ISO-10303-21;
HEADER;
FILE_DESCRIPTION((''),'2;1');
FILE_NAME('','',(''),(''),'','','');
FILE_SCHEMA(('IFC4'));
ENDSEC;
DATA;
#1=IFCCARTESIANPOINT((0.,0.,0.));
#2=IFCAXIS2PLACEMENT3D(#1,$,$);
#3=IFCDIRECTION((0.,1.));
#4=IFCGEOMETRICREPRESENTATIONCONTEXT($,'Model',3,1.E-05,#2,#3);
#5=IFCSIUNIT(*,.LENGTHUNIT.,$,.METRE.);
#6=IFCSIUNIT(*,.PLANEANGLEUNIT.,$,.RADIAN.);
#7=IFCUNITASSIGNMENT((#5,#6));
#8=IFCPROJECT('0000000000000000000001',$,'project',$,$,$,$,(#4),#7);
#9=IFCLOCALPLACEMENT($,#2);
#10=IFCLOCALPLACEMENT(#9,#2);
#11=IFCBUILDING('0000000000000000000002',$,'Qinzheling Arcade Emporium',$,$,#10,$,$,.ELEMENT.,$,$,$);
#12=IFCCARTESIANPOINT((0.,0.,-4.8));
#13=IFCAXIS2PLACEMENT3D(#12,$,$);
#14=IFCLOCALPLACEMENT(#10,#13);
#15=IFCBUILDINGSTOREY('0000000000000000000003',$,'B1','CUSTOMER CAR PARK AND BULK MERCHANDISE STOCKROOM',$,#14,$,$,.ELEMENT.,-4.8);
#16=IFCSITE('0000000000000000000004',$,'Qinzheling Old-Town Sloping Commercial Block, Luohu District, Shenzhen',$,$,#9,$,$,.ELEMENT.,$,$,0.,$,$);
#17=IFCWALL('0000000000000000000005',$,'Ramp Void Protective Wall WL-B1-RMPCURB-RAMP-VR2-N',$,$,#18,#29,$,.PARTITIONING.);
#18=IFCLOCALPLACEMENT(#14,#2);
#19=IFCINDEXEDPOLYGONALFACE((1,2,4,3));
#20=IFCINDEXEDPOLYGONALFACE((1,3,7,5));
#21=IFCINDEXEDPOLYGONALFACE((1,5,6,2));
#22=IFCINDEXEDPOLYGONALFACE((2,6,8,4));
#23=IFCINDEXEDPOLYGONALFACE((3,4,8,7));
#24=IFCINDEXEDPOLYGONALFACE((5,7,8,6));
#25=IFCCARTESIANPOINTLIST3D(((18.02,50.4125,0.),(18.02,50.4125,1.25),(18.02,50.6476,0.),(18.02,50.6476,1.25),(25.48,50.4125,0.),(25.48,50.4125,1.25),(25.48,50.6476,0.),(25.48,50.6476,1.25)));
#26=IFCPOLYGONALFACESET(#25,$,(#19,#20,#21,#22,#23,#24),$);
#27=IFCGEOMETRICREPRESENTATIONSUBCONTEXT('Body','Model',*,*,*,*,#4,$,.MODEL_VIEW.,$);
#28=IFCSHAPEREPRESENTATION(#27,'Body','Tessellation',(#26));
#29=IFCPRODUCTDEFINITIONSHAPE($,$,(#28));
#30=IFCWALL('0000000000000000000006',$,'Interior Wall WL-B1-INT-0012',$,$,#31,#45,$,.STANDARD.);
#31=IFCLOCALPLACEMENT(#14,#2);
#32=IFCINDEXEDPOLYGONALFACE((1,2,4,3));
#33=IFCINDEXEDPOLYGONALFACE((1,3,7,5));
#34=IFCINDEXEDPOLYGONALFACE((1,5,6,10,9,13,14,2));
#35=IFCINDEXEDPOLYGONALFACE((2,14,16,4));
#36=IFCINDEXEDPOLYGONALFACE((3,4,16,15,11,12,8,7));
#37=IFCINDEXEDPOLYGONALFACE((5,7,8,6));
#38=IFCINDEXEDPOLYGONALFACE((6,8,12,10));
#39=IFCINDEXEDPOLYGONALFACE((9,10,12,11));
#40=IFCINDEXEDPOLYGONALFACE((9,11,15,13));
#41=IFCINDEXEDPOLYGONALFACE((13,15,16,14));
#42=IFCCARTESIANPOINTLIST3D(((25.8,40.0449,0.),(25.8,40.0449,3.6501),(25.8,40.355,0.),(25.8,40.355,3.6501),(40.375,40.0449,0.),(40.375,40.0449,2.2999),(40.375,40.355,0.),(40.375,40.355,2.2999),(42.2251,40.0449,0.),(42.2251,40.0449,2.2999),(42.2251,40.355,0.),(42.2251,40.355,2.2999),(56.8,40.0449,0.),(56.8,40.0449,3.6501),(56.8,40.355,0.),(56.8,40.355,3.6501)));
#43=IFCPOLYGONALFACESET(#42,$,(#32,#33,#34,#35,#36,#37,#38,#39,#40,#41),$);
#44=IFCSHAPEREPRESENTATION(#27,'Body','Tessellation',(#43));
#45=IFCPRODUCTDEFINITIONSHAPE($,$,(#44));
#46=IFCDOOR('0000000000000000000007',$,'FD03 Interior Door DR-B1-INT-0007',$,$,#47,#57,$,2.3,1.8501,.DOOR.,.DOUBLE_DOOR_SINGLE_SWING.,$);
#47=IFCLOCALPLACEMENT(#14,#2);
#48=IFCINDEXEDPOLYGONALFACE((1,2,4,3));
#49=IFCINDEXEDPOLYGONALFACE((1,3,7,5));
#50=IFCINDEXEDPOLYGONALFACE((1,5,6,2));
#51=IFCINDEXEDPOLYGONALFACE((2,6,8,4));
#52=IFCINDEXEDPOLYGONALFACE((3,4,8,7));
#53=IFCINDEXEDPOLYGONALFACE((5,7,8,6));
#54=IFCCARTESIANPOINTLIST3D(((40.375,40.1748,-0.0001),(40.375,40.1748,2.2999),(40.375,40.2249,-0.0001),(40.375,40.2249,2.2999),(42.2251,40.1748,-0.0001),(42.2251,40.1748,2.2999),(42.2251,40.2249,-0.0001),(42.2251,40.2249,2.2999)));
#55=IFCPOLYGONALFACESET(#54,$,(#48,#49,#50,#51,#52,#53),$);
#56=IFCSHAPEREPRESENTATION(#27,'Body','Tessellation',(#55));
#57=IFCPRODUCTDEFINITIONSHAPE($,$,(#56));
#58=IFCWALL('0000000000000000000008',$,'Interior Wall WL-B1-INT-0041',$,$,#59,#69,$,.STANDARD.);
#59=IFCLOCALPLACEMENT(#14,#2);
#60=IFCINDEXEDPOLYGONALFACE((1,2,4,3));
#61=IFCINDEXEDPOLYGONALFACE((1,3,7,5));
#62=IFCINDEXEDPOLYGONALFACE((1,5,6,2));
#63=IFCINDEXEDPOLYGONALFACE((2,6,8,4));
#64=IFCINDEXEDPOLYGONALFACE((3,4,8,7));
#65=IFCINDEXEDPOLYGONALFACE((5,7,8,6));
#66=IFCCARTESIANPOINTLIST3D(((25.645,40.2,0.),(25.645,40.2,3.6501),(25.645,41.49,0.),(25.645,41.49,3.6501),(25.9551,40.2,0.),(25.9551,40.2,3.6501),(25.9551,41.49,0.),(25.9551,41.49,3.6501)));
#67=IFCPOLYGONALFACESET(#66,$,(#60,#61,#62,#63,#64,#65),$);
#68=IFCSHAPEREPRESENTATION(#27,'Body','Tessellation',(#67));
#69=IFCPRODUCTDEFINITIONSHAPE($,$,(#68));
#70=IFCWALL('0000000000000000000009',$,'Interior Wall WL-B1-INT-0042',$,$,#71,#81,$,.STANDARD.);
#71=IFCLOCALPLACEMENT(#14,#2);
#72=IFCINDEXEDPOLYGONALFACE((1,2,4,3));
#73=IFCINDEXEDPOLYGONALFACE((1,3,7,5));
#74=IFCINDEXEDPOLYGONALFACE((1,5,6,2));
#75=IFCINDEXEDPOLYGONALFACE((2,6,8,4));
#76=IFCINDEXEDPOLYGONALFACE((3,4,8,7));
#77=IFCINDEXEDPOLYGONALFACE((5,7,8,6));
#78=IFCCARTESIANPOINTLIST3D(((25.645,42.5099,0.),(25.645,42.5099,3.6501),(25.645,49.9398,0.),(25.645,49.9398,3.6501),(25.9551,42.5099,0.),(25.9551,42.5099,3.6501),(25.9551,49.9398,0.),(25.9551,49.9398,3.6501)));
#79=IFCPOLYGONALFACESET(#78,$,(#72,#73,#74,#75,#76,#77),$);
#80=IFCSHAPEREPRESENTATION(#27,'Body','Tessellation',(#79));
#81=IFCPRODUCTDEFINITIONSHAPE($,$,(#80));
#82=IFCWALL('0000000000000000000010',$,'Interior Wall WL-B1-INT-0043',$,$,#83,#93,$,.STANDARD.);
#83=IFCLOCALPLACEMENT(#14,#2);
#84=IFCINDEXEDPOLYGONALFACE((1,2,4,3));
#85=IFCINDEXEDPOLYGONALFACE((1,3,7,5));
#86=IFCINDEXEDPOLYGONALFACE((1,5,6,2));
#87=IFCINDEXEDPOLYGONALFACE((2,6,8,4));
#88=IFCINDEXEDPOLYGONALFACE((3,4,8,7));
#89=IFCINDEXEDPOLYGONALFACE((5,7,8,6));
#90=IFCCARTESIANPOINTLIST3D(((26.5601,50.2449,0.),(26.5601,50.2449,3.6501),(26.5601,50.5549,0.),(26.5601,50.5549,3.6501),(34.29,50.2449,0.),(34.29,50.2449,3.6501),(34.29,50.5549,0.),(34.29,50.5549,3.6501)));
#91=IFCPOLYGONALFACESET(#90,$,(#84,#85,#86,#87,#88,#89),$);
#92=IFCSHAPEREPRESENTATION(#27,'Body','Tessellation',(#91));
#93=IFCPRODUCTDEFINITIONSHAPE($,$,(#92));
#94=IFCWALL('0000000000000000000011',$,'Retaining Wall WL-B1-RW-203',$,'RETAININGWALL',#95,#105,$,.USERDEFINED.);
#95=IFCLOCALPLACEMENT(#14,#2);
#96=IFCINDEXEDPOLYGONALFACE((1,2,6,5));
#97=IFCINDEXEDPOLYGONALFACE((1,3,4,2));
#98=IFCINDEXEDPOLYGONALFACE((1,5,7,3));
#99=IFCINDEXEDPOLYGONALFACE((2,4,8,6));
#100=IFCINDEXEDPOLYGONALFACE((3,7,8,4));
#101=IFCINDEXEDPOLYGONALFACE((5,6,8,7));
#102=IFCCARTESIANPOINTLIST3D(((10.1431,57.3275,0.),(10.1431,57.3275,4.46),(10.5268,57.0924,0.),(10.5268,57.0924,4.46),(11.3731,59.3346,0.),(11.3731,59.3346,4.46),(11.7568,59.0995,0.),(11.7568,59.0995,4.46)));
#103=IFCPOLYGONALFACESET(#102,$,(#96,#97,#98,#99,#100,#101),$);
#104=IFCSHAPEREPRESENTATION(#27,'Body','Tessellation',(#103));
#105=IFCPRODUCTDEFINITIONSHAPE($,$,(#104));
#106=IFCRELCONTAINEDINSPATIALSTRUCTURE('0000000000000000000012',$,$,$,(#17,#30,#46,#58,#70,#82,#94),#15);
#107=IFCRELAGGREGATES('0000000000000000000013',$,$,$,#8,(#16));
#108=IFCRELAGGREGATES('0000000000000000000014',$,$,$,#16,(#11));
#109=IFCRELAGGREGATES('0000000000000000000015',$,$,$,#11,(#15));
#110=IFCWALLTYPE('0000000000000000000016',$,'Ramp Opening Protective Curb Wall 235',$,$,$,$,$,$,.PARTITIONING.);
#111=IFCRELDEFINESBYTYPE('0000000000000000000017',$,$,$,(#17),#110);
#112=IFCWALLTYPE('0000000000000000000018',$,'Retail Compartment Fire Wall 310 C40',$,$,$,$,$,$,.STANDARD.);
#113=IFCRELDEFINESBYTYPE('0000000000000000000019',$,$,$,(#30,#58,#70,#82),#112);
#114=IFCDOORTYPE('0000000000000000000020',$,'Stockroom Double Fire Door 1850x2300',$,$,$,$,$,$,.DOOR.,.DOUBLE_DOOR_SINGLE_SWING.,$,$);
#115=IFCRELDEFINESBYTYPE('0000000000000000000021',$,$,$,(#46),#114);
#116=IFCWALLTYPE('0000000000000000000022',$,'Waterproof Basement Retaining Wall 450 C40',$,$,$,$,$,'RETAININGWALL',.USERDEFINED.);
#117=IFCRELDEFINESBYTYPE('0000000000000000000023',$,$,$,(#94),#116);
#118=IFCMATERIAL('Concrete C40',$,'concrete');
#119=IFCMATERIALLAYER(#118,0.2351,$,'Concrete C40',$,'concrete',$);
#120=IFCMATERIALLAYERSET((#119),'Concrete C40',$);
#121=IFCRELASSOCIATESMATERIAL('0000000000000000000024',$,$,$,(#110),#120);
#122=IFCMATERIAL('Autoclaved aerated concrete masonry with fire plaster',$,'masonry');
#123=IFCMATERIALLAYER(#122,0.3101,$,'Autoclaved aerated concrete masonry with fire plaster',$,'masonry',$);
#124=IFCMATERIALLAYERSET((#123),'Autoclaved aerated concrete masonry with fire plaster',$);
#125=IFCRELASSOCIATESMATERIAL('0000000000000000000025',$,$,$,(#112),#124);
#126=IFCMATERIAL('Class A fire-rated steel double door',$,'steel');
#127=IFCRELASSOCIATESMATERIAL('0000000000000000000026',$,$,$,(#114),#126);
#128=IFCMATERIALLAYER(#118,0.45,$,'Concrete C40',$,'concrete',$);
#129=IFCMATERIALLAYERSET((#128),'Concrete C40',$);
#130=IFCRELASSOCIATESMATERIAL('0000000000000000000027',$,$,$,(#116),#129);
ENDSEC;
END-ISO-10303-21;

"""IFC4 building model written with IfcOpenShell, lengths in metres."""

from ifc_helpers import new_model, si_unit, direction, frame, frame_2d, origin, place, context, subcontext, project, spatial, rectangle, extrude, material, layer, layer_set, type_object, element, fill, save


model = new_model("IFC4")

# Units and contexts
model_context = context("Model", 3, precision=1e-05, world=origin(), true_north=direction((0.0, 1.0)))
body_context = subcontext(model_context, "Body", "Model", "MODEL_VIEW")
ifc_project = project(units=[si_unit("LENGTHUNIT", "METRE"), si_unit("PLANEANGLEUNIT", "RADIAN")], contexts=[model_context])

# Site, building, storey
site_placement = place(None, origin())
site = spatial("IfcSite", under=ifc_project, at=site_placement, Name="Qinzheling Old-Town Sloping Commercial Block, Luohu District, Shenzhen", CompositionType="ELEMENT", RefElevation=0.0)
building_placement = place(site_placement, origin())
building = spatial("IfcBuilding", under=site, at=building_placement, Name="Qinzheling Arcade Emporium", CompositionType="ELEMENT")
storey_placement = place(building_placement, frame((0.0, 0.0, -4.8)))
storey = spatial("IfcBuildingStorey", under=building, at=storey_placement, Name="B1", Description="CUSTOMER CAR PARK AND BULK MERCHANDISE STOCKROOM", CompositionType="ELEMENT", Elevation=-4.8)

# Shared definitions
ifc_material_1 = material(Name="Concrete C40", Category="concrete")

# Shared definitions
ifc_material_2 = material(Name="Class A fire-rated steel double door", Category="steel")

# Wall
ifc_layer_1 = layer(ifc_material_1, 0.2351, Name="Concrete C40", Category="concrete")
ifc_layer_set_1 = layer_set([ifc_layer_1], Name="Concrete C40")
wall_type_1 = type_object("IfcWallType", Name="Ramp Opening Protective Curb Wall 235", PredefinedType="PARTITIONING", material=ifc_layer_set_1)
wall_1_placement = place(storey_placement, frame((18.02, 50.53, 0.0), z_axis=(0.0, 0.0, 1.0), x_axis=(1.0, 0.0, 0.0)))
element("IfcWall", 1, at=wall_1_placement, inside=storey, type_object=wall_type_1, Name="Ramp Void Protective Wall WL-B1-RMPCURB-RAMP-VR2-N", PredefinedType="PARTITIONING", context=body_context, shape_type="SweptSolid", body=[
    extrude(rectangle(XDim=7.46, YDim=0.2351, at=frame_2d((3.73, 0.0))), origin(), (0.0, 0.0, 1.0), 1.25),
])

# Wall, opening, door
ifc_material_3 = material(Name="Autoclaved aerated concrete masonry with fire plaster", Category="masonry")
ifc_layer_2 = layer(ifc_material_3, 0.3101, Name="Autoclaved aerated concrete masonry with fire plaster", Category="masonry")
ifc_layer_set_2 = layer_set([ifc_layer_2], Name="Autoclaved aerated concrete masonry with fire plaster")
wall_type_2 = type_object("IfcWallType", Name="Retail Compartment Fire Wall 310 C40", PredefinedType="STANDARD", material=ifc_layer_set_2)
wall_2_placement = place(storey_placement, frame((25.8, 40.2, 0.0), z_axis=(0.0, 0.0, 1.0), x_axis=(1.0, 0.0, 0.0)))
wall_2 = element("IfcWall", 2, at=wall_2_placement, inside=storey, type_object=wall_type_2, Name="Interior Wall WL-B1-INT-0012", PredefinedType="STANDARD", context=body_context, shape_type="SweptSolid", body=[
    extrude(rectangle(XDim=31.0, YDim=0.3101, at=frame_2d((15.5, 0.0))), origin(), (0.0, 0.0, 1.0), 3.6501),
])
opening_1_placement = place(wall_2_placement, frame((14.575, 0.0, 0.0)))
opening_1 = element("IfcOpeningElement", 3, at=opening_1_placement, cuts=wall_2, PredefinedType="OPENING", context=body_context, shape_type="SweptSolid", body=[
    extrude(rectangle(XDim=1.8501, YDim=2.3, at=frame_2d((0.925, 1.1499))), frame((0.0, 0.165, 0.0), z_axis=(0.0, -1.0, 0.0), x_axis=(1.0, 0.0, 0.0)), (0.0, 0.0, 1.0), 0.3301),
])
door_type_1 = type_object("IfcDoorType", Name="Stockroom Double Fire Door 1850x2300", OperationType="DOUBLE_DOOR_SINGLE_SWING", PredefinedType="DOOR", material=ifc_material_2)
door_1_placement = place(opening_1_placement, origin())
door_1 = element("IfcDoor", 4, at=door_1_placement, inside=storey, type_object=door_type_1, Name="FD03 Interior Door DR-B1-INT-0007", OperationType="DOUBLE_DOOR_SINGLE_SWING", OverallHeight=2.3, OverallWidth=1.8501, PredefinedType="DOOR", context=body_context, shape_type="SweptSolid", body=[
    extrude(rectangle(XDim=1.8501, YDim=2.3, at=frame_2d((0.925, 1.1499))), frame((0.0, 0.0249, 0.0), z_axis=(0.0, -1.0, 0.0), x_axis=(1.0, 0.0, 0.0)), (0.0, 0.0, 1.0), 0.05),
])
fill(opening_1, door_1)

# Walls
wall_3_placement = place(storey_placement, frame((25.8, 40.2, 0.0), z_axis=(0.0, 0.0, 1.0), x_axis=(0.0, 1.0, 0.0)))
element("IfcWall", 5, at=wall_3_placement, inside=storey, type_object=wall_type_2, Name="Interior Wall WL-B1-INT-0041", PredefinedType="STANDARD", context=body_context, shape_type="SweptSolid", body=[
    extrude(rectangle(XDim=1.29, YDim=0.3101, at=frame_2d((0.645, 0.0))), origin(), (0.0, 0.0, 1.0), 3.6501),
])
wall_4_placement = place(storey_placement, frame((25.8, 42.51, 0.0), z_axis=(0.0, 0.0, 1.0), x_axis=(0.0, 1.0, 0.0)))
element("IfcWall", 6, at=wall_4_placement, inside=storey, type_object=wall_type_2, Name="Interior Wall WL-B1-INT-0042", PredefinedType="STANDARD", context=body_context, shape_type="SweptSolid", body=[
    extrude(rectangle(XDim=7.4299, YDim=0.3101, at=frame_2d((3.7148, 0.0))), origin(), (0.0, 0.0, 1.0), 3.6501),
])
wall_5_placement = place(storey_placement, frame((26.5601, 50.3999, 0.0), z_axis=(0.0, 0.0, 1.0), x_axis=(1.0, 0.0, 0.0)))
element("IfcWall", 7, at=wall_5_placement, inside=storey, type_object=wall_type_2, Name="Interior Wall WL-B1-INT-0043", PredefinedType="STANDARD", context=body_context, shape_type="SweptSolid", body=[
    extrude(rectangle(XDim=7.73, YDim=0.3101, at=frame_2d((3.865, 0.0))), origin(), (0.0, 0.0, 1.0), 3.6501),
])
ifc_layer_3 = layer(ifc_material_1, 0.45, Name="Concrete C40", Category="concrete")
ifc_layer_set_3 = layer_set([ifc_layer_3], Name="Concrete C40")
wall_type_3 = type_object("IfcWallType", Name="Waterproof Basement Retaining Wall 450 C40", ElementType="RETAININGWALL", PredefinedType="USERDEFINED", material=ifc_layer_set_3)
wall_6_placement = place(storey_placement, frame((10.335, 57.21, 0.0), z_axis=(0.0, 0.0, 1.0), x_axis=(0.522511, 0.852633, 0.0)))
element("IfcWall", 8, at=wall_6_placement, inside=storey, type_object=wall_type_3, Name="Retaining Wall WL-B1-RW-203", ObjectType="RETAININGWALL", PredefinedType="USERDEFINED", context=body_context, shape_type="SweptSolid", body=[
    extrude(rectangle(XDim=2.354, YDim=0.45, at=frame_2d((1.177, 0.0))), origin(), (0.0, 0.0, 1.0), 4.46),
])

save(model, "model.ifc")
